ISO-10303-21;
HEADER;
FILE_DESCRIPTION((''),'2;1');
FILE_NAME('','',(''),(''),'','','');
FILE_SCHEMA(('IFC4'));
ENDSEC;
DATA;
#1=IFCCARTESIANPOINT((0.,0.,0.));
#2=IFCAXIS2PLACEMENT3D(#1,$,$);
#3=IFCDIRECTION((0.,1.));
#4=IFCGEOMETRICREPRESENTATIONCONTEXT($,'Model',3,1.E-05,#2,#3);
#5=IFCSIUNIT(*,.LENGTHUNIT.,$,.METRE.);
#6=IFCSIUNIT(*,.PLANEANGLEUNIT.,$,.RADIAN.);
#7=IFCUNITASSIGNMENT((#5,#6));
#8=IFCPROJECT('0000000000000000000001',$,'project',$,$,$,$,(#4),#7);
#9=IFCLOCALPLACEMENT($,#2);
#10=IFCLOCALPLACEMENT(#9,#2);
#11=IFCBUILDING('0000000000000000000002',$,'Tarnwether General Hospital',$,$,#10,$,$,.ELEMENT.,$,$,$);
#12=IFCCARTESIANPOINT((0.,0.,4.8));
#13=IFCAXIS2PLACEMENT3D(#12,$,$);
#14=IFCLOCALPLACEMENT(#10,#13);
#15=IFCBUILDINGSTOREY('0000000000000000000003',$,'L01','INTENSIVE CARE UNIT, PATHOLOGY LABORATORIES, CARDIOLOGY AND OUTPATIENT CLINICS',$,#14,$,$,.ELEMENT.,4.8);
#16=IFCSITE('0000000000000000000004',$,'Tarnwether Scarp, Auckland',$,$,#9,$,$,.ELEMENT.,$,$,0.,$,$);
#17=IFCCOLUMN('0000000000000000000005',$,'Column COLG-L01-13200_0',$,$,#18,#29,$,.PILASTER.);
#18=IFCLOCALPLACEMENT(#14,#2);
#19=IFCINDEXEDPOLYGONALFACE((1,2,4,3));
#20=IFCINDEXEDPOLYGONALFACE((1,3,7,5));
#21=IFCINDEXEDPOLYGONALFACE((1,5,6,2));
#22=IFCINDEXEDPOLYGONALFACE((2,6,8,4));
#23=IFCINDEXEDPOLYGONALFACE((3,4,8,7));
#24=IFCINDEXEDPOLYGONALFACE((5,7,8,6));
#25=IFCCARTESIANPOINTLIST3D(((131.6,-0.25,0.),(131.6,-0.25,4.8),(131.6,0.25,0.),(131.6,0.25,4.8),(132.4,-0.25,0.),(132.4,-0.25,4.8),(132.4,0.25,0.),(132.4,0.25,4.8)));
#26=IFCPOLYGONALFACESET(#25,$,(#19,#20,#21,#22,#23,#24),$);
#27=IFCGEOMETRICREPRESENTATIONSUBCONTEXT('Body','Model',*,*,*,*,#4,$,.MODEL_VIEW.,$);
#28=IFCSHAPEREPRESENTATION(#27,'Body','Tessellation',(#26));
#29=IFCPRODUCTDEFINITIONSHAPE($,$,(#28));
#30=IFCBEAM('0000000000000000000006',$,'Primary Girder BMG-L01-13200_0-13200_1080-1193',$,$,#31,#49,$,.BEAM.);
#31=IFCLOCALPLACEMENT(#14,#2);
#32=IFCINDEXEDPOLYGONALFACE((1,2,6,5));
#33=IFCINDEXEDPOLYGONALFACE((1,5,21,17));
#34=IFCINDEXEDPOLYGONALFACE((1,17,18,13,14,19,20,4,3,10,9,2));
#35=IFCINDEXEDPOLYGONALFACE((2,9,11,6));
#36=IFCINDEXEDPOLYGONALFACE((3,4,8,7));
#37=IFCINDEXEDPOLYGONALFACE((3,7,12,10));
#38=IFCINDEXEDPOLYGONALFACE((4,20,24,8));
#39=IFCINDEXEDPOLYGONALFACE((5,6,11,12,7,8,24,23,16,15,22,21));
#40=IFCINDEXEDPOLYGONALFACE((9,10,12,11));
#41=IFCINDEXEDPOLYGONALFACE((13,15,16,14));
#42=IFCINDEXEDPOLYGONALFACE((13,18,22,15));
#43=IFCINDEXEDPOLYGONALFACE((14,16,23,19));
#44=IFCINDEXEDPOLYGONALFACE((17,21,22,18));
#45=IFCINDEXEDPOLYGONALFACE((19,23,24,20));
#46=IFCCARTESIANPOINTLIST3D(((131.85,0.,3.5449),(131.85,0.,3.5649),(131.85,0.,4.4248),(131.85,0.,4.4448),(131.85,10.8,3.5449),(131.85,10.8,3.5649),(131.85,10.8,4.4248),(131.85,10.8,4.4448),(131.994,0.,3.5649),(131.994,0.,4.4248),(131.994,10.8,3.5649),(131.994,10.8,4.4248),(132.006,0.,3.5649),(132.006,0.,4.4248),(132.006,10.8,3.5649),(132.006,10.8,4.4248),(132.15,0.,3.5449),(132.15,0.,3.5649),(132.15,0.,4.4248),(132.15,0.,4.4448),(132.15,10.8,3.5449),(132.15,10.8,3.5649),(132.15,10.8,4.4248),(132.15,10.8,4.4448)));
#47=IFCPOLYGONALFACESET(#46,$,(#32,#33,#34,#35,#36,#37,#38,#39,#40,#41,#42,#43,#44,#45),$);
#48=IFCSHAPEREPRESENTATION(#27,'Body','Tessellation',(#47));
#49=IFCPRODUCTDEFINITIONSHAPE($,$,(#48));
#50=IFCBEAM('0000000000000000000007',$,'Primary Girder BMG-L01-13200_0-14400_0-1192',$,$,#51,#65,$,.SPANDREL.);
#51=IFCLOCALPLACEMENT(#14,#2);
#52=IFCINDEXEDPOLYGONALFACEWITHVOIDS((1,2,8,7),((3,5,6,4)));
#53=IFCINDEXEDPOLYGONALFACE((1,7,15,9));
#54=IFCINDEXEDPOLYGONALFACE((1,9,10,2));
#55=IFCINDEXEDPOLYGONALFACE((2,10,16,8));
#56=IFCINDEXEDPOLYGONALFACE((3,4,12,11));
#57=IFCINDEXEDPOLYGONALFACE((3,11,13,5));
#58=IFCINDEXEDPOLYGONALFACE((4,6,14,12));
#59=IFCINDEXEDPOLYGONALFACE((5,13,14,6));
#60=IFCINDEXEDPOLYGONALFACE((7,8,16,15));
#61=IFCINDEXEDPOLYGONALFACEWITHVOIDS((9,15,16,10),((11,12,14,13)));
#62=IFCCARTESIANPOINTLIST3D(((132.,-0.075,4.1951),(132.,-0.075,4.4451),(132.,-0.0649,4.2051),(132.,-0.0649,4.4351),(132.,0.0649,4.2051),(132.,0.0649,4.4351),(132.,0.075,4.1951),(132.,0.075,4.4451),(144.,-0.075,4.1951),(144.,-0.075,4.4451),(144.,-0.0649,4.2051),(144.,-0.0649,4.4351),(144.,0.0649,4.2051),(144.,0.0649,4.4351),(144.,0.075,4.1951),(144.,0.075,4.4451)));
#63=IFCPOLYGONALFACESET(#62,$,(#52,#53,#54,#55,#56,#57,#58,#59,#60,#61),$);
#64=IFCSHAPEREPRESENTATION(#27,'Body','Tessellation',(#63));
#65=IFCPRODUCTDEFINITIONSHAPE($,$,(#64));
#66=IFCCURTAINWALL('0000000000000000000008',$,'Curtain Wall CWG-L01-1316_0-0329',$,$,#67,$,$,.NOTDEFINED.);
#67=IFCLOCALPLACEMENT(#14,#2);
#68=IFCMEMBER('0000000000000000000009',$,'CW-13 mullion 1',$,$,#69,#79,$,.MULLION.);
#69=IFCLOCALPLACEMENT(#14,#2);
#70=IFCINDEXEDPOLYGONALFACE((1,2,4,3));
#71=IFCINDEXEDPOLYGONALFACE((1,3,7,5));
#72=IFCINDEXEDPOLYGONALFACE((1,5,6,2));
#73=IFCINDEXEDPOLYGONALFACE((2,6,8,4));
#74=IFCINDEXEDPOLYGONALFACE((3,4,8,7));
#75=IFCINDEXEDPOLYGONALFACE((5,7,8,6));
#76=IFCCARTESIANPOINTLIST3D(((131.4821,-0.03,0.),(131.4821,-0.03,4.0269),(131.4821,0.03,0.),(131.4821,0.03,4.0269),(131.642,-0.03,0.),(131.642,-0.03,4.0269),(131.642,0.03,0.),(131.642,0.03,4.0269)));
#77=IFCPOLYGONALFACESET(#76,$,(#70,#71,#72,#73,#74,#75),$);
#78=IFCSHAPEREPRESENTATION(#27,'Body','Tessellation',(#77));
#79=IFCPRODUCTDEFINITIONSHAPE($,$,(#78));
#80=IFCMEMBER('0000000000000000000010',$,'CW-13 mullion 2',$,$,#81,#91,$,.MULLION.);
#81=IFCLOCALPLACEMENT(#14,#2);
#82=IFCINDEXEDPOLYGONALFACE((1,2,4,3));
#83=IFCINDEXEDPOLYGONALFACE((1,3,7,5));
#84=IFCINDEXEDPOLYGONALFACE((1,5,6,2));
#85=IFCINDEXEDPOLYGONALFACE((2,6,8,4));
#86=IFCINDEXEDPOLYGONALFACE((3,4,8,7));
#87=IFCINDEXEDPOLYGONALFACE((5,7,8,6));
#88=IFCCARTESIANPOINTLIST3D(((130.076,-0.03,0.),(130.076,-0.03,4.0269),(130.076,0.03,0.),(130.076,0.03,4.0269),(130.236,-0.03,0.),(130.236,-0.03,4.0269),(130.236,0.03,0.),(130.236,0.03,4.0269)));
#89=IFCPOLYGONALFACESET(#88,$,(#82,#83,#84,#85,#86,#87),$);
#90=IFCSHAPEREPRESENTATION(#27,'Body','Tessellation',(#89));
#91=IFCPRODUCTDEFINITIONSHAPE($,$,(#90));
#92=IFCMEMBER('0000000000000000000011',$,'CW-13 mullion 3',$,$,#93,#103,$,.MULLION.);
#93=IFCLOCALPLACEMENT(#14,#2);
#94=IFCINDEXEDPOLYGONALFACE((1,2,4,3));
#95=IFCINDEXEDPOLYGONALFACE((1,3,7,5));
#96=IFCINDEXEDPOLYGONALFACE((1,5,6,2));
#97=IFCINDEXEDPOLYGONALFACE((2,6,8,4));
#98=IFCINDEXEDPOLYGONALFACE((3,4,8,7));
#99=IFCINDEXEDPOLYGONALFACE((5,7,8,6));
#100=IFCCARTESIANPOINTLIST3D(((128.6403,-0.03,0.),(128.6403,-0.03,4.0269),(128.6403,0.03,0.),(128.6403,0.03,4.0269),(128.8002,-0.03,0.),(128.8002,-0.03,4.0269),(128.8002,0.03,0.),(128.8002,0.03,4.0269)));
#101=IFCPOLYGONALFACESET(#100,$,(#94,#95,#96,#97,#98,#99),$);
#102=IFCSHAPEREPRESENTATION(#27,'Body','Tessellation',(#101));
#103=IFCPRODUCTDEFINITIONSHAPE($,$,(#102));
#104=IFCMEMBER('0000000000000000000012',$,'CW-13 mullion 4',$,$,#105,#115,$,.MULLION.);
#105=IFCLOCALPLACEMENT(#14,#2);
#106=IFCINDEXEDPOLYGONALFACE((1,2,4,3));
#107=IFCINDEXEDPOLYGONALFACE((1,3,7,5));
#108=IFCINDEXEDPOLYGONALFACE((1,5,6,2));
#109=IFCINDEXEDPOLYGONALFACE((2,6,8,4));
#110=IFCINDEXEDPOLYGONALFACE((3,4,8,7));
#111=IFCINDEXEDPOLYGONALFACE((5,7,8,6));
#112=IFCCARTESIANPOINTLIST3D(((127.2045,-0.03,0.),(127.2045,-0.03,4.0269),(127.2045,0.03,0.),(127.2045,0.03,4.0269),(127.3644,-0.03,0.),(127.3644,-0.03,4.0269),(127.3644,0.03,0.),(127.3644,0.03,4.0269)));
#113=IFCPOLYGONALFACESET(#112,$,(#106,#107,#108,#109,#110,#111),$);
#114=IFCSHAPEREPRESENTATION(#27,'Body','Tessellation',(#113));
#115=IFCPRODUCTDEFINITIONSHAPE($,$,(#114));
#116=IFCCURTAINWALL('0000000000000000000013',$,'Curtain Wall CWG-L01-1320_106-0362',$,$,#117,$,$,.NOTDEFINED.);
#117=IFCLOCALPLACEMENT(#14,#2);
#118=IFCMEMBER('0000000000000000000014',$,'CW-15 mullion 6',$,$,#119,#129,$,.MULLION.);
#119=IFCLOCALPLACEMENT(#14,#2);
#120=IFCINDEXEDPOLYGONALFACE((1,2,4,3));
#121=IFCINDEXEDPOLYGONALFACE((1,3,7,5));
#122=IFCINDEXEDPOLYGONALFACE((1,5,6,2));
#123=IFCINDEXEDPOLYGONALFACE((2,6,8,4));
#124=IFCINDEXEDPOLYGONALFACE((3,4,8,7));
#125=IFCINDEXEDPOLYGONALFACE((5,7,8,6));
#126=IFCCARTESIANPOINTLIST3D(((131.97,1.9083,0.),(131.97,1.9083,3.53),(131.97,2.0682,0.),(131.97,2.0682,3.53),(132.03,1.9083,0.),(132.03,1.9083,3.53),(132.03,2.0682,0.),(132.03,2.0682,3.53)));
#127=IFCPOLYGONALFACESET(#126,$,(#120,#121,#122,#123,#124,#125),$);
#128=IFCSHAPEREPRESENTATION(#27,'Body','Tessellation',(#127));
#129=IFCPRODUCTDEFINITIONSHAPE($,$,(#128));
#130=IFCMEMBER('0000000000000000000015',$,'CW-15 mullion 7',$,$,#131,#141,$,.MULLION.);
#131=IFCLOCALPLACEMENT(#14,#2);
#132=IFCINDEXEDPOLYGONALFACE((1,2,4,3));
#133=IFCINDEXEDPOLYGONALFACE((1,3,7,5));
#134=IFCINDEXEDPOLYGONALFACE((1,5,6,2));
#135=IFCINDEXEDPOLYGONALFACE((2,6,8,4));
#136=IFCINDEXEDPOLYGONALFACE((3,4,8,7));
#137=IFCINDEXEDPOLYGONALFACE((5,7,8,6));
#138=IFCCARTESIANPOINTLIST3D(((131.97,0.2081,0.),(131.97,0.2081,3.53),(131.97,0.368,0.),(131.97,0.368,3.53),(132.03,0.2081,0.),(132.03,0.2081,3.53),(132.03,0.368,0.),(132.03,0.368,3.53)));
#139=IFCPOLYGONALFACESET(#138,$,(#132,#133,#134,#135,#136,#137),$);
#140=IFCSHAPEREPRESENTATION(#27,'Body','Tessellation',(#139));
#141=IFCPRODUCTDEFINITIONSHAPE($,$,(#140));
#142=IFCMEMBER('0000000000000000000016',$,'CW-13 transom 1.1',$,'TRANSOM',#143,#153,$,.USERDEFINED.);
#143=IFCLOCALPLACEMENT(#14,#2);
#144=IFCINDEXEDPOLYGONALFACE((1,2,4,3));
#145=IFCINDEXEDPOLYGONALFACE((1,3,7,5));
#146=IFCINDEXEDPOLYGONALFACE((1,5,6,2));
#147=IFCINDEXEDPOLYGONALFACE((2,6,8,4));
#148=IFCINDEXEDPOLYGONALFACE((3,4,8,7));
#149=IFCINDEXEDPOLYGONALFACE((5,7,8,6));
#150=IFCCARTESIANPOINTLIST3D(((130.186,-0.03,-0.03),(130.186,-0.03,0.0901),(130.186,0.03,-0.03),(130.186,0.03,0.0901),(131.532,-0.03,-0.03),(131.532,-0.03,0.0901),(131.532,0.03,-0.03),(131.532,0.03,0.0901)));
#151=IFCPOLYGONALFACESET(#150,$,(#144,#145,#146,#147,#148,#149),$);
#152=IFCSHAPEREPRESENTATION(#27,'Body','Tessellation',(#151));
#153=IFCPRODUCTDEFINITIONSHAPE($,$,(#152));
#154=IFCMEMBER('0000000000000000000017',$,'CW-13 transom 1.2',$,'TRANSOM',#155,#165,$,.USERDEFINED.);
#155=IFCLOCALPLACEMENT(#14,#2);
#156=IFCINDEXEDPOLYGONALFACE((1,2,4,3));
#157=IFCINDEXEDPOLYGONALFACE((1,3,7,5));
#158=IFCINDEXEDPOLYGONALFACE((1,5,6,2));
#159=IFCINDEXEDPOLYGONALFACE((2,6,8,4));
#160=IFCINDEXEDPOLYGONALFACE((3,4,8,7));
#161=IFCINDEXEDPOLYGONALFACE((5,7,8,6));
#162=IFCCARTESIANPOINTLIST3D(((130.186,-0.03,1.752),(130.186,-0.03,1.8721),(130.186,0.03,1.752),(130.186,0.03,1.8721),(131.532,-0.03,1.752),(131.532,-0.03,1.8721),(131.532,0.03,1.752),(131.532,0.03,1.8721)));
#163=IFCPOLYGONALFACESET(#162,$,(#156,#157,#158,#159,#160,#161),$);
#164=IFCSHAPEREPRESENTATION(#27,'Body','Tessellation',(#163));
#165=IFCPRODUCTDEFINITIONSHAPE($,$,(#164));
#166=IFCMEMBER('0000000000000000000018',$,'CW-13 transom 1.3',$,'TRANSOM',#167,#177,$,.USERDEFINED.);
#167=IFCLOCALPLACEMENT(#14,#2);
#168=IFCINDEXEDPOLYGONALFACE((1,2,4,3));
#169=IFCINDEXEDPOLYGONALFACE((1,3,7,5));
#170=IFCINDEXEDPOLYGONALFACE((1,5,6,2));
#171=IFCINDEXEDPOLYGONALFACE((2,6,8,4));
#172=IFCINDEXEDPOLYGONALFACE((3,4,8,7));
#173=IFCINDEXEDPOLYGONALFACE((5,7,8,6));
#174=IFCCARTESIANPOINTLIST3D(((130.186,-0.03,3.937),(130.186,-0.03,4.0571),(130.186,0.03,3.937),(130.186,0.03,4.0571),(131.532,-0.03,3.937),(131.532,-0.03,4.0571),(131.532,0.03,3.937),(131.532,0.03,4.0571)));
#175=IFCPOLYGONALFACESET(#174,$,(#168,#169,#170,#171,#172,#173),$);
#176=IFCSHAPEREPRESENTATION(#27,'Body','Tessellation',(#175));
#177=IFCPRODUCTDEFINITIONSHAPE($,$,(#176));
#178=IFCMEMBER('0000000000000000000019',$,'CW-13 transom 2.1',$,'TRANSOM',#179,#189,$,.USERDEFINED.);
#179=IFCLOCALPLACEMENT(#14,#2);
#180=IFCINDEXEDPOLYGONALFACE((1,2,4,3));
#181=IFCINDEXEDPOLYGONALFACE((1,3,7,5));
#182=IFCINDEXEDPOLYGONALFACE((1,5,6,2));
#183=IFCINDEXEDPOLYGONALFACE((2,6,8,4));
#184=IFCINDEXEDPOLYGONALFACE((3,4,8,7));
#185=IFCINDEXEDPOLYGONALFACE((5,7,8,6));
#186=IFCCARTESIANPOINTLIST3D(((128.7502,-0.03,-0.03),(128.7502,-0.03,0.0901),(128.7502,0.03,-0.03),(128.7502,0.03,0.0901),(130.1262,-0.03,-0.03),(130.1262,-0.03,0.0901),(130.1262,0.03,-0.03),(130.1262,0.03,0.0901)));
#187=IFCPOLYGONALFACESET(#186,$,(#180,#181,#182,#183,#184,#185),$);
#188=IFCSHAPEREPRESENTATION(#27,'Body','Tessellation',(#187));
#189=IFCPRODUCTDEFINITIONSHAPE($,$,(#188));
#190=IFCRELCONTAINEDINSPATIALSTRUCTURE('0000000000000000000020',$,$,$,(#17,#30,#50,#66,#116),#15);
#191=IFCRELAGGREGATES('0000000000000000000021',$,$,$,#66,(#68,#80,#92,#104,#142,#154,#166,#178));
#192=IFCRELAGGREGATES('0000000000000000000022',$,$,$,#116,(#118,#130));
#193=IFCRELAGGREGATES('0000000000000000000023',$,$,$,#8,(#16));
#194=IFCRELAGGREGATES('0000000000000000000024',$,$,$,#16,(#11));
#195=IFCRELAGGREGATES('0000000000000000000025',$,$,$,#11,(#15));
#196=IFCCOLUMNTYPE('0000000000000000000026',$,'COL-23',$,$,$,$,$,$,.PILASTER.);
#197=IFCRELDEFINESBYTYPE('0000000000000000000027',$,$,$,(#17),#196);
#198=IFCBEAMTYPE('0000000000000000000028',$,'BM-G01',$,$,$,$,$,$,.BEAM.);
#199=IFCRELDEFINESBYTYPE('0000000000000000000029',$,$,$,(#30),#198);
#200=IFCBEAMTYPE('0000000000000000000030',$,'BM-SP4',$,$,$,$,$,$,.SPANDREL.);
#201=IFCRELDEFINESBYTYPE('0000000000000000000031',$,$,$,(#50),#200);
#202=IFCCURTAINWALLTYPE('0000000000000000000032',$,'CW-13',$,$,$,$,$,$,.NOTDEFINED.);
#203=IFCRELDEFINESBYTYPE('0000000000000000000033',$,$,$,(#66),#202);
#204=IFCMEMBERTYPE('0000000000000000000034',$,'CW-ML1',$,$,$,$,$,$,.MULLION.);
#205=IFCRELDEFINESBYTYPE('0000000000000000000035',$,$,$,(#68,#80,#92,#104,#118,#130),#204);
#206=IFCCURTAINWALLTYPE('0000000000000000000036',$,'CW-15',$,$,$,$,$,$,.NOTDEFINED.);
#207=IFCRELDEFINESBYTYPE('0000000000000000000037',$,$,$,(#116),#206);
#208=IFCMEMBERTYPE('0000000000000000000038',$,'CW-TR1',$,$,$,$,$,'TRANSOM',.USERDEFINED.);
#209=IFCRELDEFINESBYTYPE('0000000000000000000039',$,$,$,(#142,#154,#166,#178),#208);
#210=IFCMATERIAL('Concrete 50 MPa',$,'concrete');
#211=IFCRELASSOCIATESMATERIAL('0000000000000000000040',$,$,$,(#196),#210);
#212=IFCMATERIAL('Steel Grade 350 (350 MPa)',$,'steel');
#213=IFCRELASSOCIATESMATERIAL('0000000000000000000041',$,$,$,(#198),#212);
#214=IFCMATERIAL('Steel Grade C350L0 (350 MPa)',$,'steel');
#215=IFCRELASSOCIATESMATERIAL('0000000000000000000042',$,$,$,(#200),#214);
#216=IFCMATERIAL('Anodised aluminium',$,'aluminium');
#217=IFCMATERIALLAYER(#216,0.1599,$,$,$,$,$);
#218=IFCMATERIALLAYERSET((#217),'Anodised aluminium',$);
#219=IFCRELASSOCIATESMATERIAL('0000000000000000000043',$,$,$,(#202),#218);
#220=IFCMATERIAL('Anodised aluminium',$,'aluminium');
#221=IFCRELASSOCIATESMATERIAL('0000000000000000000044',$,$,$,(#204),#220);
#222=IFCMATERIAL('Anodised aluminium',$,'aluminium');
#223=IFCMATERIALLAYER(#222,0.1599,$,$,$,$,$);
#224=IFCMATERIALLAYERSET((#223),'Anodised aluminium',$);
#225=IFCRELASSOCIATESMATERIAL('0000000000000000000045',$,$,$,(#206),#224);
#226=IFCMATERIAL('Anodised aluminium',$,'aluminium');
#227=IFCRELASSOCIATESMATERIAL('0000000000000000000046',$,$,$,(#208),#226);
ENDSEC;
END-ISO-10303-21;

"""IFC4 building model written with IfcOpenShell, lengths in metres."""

from ifc_helpers import new_model, si_unit, direction, frame, origin, origin_2d, place, context, subcontext, project, spatial, rectangle, hollow_rectangle, i_section, extrude, material, layer, layer_set, material_profile, profile_set, type_object, element, aggregate, save


model = new_model("IFC4")

# Units and contexts
model_context = context("Model", 3, precision=1e-05, world=origin(), true_north=direction((0.0, 1.0)))
body_context = subcontext(model_context, "Body", "Model", "MODEL_VIEW")
ifc_project = project(units=[si_unit("LENGTHUNIT", "METRE"), si_unit("PLANEANGLEUNIT", "RADIAN")], contexts=[model_context])

# Site, building, storey
site_placement = place(None, origin())
site = spatial("IfcSite", under=ifc_project, at=site_placement, Name="Tarnwether Scarp, Auckland", CompositionType="ELEMENT", RefElevation=0.0)
building_placement = place(site_placement, origin())
building = spatial("IfcBuilding", under=site, at=building_placement, Name="Tarnwether General Hospital", CompositionType="ELEMENT")
storey_placement = place(building_placement, frame((0.0, 0.0, 4.8)))
storey = spatial("IfcBuildingStorey", under=building, at=storey_placement, Name="L01", Description="INTENSIVE CARE UNIT, PATHOLOGY LABORATORIES, CARDIOLOGY AND OUTPATIENT CLINICS", CompositionType="ELEMENT", Elevation=4.8)

# Column
ifc_material_1 = material(Name="Concrete 50 MPa", Category="concrete")
ifc_material_profile_1 = material_profile(ifc_material_1, rectangle(XDim=0.5, YDim=0.8, at=origin_2d()), Name="RC-PIL-500x800")
ifc_profile_set_1 = profile_set([ifc_material_profile_1], Name="Concrete 50 MPa")
column_type = type_object("IfcColumnType", Name="COL-23", PredefinedType="PILASTER", material=ifc_profile_set_1)
column_placement = place(storey_placement, frame((132.0, 0.0, 0.0), z_axis=(0.0, 0.0, 1.0), x_axis=(0.0, 1.0, 0.0)))
element("IfcColumn", 1, at=column_placement, inside=storey, type_object=column_type, Name="Column COLG-L01-13200_0", PredefinedType="PILASTER", context=body_context, shape_type="SweptSolid", body=[
    extrude(rectangle(XDim=0.5, YDim=0.8, at=origin_2d()), origin(), (0.0, 0.0, 1.0), 4.8),
])

# Beams
ifc_material_2 = material(Name="Steel Grade 350 (350 MPa)", Category="steel")
ifc_material_profile_2 = material_profile(ifc_material_2, i_section(OverallWidth=0.3, OverallDepth=0.8999, WebThickness=0.012, FlangeThickness=0.02, at=origin_2d()), Name="900WB175")
ifc_profile_set_2 = profile_set([ifc_material_profile_2], Name="Steel Grade 350 (350 MPa)")
beam_type_1 = type_object("IfcBeamType", Name="BM-G01", PredefinedType="BEAM", material=ifc_profile_set_2)
beam_1_placement = place(storey_placement, frame((132.0, 0.0, 3.9949), z_axis=(0.0, 1.0, 0.0), x_axis=(-1.0, 0.0, 0.0)))
element("IfcBeam", 2, at=beam_1_placement, inside=storey, type_object=beam_type_1, Name="Primary Girder BMG-L01-13200_0-13200_1080-1193", PredefinedType="BEAM", context=body_context, shape_type="SweptSolid", body=[
    extrude(i_section(OverallWidth=0.3, OverallDepth=0.8999, WebThickness=0.012, FlangeThickness=0.02, at=origin_2d()), origin(), (0.0, 0.0, 1.0), 10.8),
])
ifc_material_3 = material(Name="Steel Grade C350L0 (350 MPa)", Category="steel")
ifc_material_profile_3 = material_profile(ifc_material_3, hollow_rectangle(XDim=0.1499, YDim=0.25, WallThickness=0.01, at=origin_2d()), Name="RHS250x150x10")
ifc_profile_set_3 = profile_set([ifc_material_profile_3], Name="Steel Grade C350L0 (350 MPa)")
beam_type_2 = type_object("IfcBeamType", Name="BM-SP4", PredefinedType="SPANDREL", material=ifc_profile_set_3)
beam_2_placement = place(storey_placement, frame((132.0, 0.0, 4.3201), z_axis=(1.0, 0.0, 0.0), x_axis=(0.0, 1.0, 0.0)))
element("IfcBeam", 3, at=beam_2_placement, inside=storey, type_object=beam_type_2, Name="Primary Girder BMG-L01-13200_0-14400_0-1192", PredefinedType="SPANDREL", context=body_context, shape_type="SweptSolid", body=[
    extrude(hollow_rectangle(XDim=0.1499, YDim=0.25, WallThickness=0.01, at=origin_2d()), origin(), (0.0, 0.0, 1.0), 12.0),
])

# Curtain walls, members
ifc_material_4 = material(Name="Anodised aluminium", Category="aluminium")
ifc_layer_1 = layer(ifc_material_4, 0.1599)
ifc_layer_set_1 = layer_set([ifc_layer_1], Name="Anodised aluminium")
curtain_wall_type_1 = type_object("IfcCurtainWallType", Name="CW-13", PredefinedType="NOTDEFINED", material=ifc_layer_set_1)
curtain_wall_1_placement = place(storey_placement, origin())
curtain_wall_1 = element("IfcCurtainWall", 4, at=curtain_wall_1_placement, inside=storey, type_object=curtain_wall_type_1, Name="Curtain Wall CWG-L01-1316_0-0329", PredefinedType="NOTDEFINED")
ifc_material_5 = material(Name="Anodised aluminium", Category="aluminium")
ifc_material_profile_4 = material_profile(ifc_material_5, rectangle(XDim=0.0601, YDim=0.1599, at=origin_2d()), Name="ALU-MUL-60x160")
ifc_profile_set_4 = profile_set([ifc_material_profile_4], Name="Anodised aluminium")
member_type_1 = type_object("IfcMemberType", Name="CW-ML1", PredefinedType="MULLION", material=ifc_profile_set_4)
member_1_placement = place(storey_placement, frame((131.562, 0.0, 0.0), z_axis=(0.0, 0.0, 1.0), x_axis=(0.0, -1.0, 0.0)))
member_1 = element("IfcMember", 5, at=member_1_placement, type_object=member_type_1, Name="CW-13 mullion 1", PredefinedType="MULLION", context=body_context, shape_type="SweptSolid", body=[
    extrude(rectangle(XDim=0.0601, YDim=0.1599, at=origin_2d()), origin(), (0.0, 0.0, 1.0), 4.0269),
])
member_2_placement = place(storey_placement, frame((130.156, 0.0, 0.0), z_axis=(0.0, 0.0, 1.0), x_axis=(0.0, -1.0, 0.0)))
member_2 = element("IfcMember", 6, at=member_2_placement, type_object=member_type_1, Name="CW-13 mullion 2", PredefinedType="MULLION", context=body_context, shape_type="SweptSolid", body=[
    extrude(rectangle(XDim=0.0601, YDim=0.1599, at=origin_2d()), origin(), (0.0, 0.0, 1.0), 4.0269),
])
member_3_placement = place(storey_placement, frame((128.7202, 0.0, 0.0), z_axis=(0.0, 0.0, 1.0), x_axis=(0.0, -1.0, 0.0)))
member_3 = element("IfcMember", 7, at=member_3_placement, type_object=member_type_1, Name="CW-13 mullion 3", PredefinedType="MULLION", context=body_context, shape_type="SweptSolid", body=[
    extrude(rectangle(XDim=0.0601, YDim=0.1599, at=origin_2d()), origin(), (0.0, 0.0, 1.0), 4.0269),
])
member_4_placement = place(storey_placement, frame((127.2844, 0.0, 0.0), z_axis=(0.0, 0.0, 1.0), x_axis=(0.0, -1.0, 0.0)))
member_4 = element("IfcMember", 8, at=member_4_placement, type_object=member_type_1, Name="CW-13 mullion 4", PredefinedType="MULLION", context=body_context, shape_type="SweptSolid", body=[
    extrude(rectangle(XDim=0.0601, YDim=0.1599, at=origin_2d()), origin(), (0.0, 0.0, 1.0), 4.0269),
])
ifc_material_6 = material(Name="Anodised aluminium", Category="aluminium")
ifc_layer_2 = layer(ifc_material_6, 0.1599)
ifc_layer_set_2 = layer_set([ifc_layer_2], Name="Anodised aluminium")
curtain_wall_type_2 = type_object("IfcCurtainWallType", Name="CW-15", PredefinedType="NOTDEFINED", material=ifc_layer_set_2)
curtain_wall_2_placement = place(storey_placement, origin())
curtain_wall_2 = element("IfcCurtainWall", 9, at=curtain_wall_2_placement, inside=storey, type_object=curtain_wall_type_2, Name="Curtain Wall CWG-L01-1320_106-0362", PredefinedType="NOTDEFINED")
member_5_placement = place(storey_placement, frame((132.0, 1.9883, 0.0), z_axis=(0.0, 0.0, 1.0), x_axis=(1.0, 0.0, 0.0)))
member_5 = element("IfcMember", 10, at=member_5_placement, type_object=member_type_1, Name="CW-15 mullion 6", PredefinedType="MULLION", context=body_context, shape_type="SweptSolid", body=[
    extrude(rectangle(XDim=0.0601, YDim=0.1599, at=origin_2d()), origin(), (0.0, 0.0, 1.0), 3.53),
])
member_6_placement = place(storey_placement, frame((132.0, 0.2881, 0.0), z_axis=(0.0, 0.0, 1.0), x_axis=(1.0, 0.0, 0.0)))
member_6 = element("IfcMember", 11, at=member_6_placement, type_object=member_type_1, Name="CW-15 mullion 7", PredefinedType="MULLION", context=body_context, shape_type="SweptSolid", body=[
    extrude(rectangle(XDim=0.0601, YDim=0.1599, at=origin_2d()), origin(), (0.0, 0.0, 1.0), 3.53),
])

# Members
ifc_material_7 = material(Name="Anodised aluminium", Category="aluminium")
ifc_material_profile_5 = material_profile(ifc_material_7, rectangle(XDim=0.0601, YDim=0.1201, at=origin_2d()), Name="ALU-TRN-60x120")
ifc_profile_set_5 = profile_set([ifc_material_profile_5], Name="Anodised aluminium")
member_type_2 = type_object("IfcMemberType", Name="CW-TR1", ElementType="TRANSOM", PredefinedType="USERDEFINED", material=ifc_profile_set_5)
member_7_placement = place(storey_placement, frame((131.532, 0.0, 0.03), z_axis=(-1.0, 0.0, 0.0), x_axis=(0.0, -1.0, 0.0)))
member_7 = element("IfcMember", 12, at=member_7_placement, type_object=member_type_2, Name="CW-13 transom 1.1", ObjectType="TRANSOM", PredefinedType="USERDEFINED", context=body_context, shape_type="SweptSolid", body=[
    extrude(rectangle(XDim=0.0601, YDim=0.1201, at=origin_2d()), origin(), (0.0, 0.0, 1.0), 1.3459),
])
member_8_placement = place(storey_placement, frame((131.532, 0.0, 1.812), z_axis=(-1.0, 0.0, 0.0), x_axis=(0.0, -1.0, 0.0)))
member_8 = element("IfcMember", 13, at=member_8_placement, type_object=member_type_2, Name="CW-13 transom 1.2", ObjectType="TRANSOM", PredefinedType="USERDEFINED", context=body_context, shape_type="SweptSolid", body=[
    extrude(rectangle(XDim=0.0601, YDim=0.1201, at=origin_2d()), origin(), (0.0, 0.0, 1.0), 1.3459),
])
member_9_placement = place(storey_placement, frame((131.532, 0.0, 3.9971), z_axis=(-1.0, 0.0, 0.0), x_axis=(0.0, -1.0, 0.0)))
member_9 = element("IfcMember", 14, at=member_9_placement, type_object=member_type_2, Name="CW-13 transom 1.3", ObjectType="TRANSOM", PredefinedType="USERDEFINED", context=body_context, shape_type="SweptSolid", body=[
    extrude(rectangle(XDim=0.0601, YDim=0.1201, at=origin_2d()), origin(), (0.0, 0.0, 1.0), 1.3459),
])
member_10_placement = place(storey_placement, frame((130.1262, 0.0, 0.03), z_axis=(-1.0, 0.0, 0.0), x_axis=(0.0, -1.0, 0.0)))
member_10 = element("IfcMember", 15, at=member_10_placement, type_object=member_type_2, Name="CW-13 transom 2.1", ObjectType="TRANSOM", PredefinedType="USERDEFINED", context=body_context, shape_type="SweptSolid", body=[
    extrude(rectangle(XDim=0.0601, YDim=0.1201, at=origin_2d()), origin(), (0.0, 0.0, 1.0), 1.376),
])

aggregate(curtain_wall_1, [member_1, member_2, member_3, member_4, member_7, member_8, member_9, member_10])
aggregate(curtain_wall_2, [member_5, member_6])

save(model, "model.ifc")
